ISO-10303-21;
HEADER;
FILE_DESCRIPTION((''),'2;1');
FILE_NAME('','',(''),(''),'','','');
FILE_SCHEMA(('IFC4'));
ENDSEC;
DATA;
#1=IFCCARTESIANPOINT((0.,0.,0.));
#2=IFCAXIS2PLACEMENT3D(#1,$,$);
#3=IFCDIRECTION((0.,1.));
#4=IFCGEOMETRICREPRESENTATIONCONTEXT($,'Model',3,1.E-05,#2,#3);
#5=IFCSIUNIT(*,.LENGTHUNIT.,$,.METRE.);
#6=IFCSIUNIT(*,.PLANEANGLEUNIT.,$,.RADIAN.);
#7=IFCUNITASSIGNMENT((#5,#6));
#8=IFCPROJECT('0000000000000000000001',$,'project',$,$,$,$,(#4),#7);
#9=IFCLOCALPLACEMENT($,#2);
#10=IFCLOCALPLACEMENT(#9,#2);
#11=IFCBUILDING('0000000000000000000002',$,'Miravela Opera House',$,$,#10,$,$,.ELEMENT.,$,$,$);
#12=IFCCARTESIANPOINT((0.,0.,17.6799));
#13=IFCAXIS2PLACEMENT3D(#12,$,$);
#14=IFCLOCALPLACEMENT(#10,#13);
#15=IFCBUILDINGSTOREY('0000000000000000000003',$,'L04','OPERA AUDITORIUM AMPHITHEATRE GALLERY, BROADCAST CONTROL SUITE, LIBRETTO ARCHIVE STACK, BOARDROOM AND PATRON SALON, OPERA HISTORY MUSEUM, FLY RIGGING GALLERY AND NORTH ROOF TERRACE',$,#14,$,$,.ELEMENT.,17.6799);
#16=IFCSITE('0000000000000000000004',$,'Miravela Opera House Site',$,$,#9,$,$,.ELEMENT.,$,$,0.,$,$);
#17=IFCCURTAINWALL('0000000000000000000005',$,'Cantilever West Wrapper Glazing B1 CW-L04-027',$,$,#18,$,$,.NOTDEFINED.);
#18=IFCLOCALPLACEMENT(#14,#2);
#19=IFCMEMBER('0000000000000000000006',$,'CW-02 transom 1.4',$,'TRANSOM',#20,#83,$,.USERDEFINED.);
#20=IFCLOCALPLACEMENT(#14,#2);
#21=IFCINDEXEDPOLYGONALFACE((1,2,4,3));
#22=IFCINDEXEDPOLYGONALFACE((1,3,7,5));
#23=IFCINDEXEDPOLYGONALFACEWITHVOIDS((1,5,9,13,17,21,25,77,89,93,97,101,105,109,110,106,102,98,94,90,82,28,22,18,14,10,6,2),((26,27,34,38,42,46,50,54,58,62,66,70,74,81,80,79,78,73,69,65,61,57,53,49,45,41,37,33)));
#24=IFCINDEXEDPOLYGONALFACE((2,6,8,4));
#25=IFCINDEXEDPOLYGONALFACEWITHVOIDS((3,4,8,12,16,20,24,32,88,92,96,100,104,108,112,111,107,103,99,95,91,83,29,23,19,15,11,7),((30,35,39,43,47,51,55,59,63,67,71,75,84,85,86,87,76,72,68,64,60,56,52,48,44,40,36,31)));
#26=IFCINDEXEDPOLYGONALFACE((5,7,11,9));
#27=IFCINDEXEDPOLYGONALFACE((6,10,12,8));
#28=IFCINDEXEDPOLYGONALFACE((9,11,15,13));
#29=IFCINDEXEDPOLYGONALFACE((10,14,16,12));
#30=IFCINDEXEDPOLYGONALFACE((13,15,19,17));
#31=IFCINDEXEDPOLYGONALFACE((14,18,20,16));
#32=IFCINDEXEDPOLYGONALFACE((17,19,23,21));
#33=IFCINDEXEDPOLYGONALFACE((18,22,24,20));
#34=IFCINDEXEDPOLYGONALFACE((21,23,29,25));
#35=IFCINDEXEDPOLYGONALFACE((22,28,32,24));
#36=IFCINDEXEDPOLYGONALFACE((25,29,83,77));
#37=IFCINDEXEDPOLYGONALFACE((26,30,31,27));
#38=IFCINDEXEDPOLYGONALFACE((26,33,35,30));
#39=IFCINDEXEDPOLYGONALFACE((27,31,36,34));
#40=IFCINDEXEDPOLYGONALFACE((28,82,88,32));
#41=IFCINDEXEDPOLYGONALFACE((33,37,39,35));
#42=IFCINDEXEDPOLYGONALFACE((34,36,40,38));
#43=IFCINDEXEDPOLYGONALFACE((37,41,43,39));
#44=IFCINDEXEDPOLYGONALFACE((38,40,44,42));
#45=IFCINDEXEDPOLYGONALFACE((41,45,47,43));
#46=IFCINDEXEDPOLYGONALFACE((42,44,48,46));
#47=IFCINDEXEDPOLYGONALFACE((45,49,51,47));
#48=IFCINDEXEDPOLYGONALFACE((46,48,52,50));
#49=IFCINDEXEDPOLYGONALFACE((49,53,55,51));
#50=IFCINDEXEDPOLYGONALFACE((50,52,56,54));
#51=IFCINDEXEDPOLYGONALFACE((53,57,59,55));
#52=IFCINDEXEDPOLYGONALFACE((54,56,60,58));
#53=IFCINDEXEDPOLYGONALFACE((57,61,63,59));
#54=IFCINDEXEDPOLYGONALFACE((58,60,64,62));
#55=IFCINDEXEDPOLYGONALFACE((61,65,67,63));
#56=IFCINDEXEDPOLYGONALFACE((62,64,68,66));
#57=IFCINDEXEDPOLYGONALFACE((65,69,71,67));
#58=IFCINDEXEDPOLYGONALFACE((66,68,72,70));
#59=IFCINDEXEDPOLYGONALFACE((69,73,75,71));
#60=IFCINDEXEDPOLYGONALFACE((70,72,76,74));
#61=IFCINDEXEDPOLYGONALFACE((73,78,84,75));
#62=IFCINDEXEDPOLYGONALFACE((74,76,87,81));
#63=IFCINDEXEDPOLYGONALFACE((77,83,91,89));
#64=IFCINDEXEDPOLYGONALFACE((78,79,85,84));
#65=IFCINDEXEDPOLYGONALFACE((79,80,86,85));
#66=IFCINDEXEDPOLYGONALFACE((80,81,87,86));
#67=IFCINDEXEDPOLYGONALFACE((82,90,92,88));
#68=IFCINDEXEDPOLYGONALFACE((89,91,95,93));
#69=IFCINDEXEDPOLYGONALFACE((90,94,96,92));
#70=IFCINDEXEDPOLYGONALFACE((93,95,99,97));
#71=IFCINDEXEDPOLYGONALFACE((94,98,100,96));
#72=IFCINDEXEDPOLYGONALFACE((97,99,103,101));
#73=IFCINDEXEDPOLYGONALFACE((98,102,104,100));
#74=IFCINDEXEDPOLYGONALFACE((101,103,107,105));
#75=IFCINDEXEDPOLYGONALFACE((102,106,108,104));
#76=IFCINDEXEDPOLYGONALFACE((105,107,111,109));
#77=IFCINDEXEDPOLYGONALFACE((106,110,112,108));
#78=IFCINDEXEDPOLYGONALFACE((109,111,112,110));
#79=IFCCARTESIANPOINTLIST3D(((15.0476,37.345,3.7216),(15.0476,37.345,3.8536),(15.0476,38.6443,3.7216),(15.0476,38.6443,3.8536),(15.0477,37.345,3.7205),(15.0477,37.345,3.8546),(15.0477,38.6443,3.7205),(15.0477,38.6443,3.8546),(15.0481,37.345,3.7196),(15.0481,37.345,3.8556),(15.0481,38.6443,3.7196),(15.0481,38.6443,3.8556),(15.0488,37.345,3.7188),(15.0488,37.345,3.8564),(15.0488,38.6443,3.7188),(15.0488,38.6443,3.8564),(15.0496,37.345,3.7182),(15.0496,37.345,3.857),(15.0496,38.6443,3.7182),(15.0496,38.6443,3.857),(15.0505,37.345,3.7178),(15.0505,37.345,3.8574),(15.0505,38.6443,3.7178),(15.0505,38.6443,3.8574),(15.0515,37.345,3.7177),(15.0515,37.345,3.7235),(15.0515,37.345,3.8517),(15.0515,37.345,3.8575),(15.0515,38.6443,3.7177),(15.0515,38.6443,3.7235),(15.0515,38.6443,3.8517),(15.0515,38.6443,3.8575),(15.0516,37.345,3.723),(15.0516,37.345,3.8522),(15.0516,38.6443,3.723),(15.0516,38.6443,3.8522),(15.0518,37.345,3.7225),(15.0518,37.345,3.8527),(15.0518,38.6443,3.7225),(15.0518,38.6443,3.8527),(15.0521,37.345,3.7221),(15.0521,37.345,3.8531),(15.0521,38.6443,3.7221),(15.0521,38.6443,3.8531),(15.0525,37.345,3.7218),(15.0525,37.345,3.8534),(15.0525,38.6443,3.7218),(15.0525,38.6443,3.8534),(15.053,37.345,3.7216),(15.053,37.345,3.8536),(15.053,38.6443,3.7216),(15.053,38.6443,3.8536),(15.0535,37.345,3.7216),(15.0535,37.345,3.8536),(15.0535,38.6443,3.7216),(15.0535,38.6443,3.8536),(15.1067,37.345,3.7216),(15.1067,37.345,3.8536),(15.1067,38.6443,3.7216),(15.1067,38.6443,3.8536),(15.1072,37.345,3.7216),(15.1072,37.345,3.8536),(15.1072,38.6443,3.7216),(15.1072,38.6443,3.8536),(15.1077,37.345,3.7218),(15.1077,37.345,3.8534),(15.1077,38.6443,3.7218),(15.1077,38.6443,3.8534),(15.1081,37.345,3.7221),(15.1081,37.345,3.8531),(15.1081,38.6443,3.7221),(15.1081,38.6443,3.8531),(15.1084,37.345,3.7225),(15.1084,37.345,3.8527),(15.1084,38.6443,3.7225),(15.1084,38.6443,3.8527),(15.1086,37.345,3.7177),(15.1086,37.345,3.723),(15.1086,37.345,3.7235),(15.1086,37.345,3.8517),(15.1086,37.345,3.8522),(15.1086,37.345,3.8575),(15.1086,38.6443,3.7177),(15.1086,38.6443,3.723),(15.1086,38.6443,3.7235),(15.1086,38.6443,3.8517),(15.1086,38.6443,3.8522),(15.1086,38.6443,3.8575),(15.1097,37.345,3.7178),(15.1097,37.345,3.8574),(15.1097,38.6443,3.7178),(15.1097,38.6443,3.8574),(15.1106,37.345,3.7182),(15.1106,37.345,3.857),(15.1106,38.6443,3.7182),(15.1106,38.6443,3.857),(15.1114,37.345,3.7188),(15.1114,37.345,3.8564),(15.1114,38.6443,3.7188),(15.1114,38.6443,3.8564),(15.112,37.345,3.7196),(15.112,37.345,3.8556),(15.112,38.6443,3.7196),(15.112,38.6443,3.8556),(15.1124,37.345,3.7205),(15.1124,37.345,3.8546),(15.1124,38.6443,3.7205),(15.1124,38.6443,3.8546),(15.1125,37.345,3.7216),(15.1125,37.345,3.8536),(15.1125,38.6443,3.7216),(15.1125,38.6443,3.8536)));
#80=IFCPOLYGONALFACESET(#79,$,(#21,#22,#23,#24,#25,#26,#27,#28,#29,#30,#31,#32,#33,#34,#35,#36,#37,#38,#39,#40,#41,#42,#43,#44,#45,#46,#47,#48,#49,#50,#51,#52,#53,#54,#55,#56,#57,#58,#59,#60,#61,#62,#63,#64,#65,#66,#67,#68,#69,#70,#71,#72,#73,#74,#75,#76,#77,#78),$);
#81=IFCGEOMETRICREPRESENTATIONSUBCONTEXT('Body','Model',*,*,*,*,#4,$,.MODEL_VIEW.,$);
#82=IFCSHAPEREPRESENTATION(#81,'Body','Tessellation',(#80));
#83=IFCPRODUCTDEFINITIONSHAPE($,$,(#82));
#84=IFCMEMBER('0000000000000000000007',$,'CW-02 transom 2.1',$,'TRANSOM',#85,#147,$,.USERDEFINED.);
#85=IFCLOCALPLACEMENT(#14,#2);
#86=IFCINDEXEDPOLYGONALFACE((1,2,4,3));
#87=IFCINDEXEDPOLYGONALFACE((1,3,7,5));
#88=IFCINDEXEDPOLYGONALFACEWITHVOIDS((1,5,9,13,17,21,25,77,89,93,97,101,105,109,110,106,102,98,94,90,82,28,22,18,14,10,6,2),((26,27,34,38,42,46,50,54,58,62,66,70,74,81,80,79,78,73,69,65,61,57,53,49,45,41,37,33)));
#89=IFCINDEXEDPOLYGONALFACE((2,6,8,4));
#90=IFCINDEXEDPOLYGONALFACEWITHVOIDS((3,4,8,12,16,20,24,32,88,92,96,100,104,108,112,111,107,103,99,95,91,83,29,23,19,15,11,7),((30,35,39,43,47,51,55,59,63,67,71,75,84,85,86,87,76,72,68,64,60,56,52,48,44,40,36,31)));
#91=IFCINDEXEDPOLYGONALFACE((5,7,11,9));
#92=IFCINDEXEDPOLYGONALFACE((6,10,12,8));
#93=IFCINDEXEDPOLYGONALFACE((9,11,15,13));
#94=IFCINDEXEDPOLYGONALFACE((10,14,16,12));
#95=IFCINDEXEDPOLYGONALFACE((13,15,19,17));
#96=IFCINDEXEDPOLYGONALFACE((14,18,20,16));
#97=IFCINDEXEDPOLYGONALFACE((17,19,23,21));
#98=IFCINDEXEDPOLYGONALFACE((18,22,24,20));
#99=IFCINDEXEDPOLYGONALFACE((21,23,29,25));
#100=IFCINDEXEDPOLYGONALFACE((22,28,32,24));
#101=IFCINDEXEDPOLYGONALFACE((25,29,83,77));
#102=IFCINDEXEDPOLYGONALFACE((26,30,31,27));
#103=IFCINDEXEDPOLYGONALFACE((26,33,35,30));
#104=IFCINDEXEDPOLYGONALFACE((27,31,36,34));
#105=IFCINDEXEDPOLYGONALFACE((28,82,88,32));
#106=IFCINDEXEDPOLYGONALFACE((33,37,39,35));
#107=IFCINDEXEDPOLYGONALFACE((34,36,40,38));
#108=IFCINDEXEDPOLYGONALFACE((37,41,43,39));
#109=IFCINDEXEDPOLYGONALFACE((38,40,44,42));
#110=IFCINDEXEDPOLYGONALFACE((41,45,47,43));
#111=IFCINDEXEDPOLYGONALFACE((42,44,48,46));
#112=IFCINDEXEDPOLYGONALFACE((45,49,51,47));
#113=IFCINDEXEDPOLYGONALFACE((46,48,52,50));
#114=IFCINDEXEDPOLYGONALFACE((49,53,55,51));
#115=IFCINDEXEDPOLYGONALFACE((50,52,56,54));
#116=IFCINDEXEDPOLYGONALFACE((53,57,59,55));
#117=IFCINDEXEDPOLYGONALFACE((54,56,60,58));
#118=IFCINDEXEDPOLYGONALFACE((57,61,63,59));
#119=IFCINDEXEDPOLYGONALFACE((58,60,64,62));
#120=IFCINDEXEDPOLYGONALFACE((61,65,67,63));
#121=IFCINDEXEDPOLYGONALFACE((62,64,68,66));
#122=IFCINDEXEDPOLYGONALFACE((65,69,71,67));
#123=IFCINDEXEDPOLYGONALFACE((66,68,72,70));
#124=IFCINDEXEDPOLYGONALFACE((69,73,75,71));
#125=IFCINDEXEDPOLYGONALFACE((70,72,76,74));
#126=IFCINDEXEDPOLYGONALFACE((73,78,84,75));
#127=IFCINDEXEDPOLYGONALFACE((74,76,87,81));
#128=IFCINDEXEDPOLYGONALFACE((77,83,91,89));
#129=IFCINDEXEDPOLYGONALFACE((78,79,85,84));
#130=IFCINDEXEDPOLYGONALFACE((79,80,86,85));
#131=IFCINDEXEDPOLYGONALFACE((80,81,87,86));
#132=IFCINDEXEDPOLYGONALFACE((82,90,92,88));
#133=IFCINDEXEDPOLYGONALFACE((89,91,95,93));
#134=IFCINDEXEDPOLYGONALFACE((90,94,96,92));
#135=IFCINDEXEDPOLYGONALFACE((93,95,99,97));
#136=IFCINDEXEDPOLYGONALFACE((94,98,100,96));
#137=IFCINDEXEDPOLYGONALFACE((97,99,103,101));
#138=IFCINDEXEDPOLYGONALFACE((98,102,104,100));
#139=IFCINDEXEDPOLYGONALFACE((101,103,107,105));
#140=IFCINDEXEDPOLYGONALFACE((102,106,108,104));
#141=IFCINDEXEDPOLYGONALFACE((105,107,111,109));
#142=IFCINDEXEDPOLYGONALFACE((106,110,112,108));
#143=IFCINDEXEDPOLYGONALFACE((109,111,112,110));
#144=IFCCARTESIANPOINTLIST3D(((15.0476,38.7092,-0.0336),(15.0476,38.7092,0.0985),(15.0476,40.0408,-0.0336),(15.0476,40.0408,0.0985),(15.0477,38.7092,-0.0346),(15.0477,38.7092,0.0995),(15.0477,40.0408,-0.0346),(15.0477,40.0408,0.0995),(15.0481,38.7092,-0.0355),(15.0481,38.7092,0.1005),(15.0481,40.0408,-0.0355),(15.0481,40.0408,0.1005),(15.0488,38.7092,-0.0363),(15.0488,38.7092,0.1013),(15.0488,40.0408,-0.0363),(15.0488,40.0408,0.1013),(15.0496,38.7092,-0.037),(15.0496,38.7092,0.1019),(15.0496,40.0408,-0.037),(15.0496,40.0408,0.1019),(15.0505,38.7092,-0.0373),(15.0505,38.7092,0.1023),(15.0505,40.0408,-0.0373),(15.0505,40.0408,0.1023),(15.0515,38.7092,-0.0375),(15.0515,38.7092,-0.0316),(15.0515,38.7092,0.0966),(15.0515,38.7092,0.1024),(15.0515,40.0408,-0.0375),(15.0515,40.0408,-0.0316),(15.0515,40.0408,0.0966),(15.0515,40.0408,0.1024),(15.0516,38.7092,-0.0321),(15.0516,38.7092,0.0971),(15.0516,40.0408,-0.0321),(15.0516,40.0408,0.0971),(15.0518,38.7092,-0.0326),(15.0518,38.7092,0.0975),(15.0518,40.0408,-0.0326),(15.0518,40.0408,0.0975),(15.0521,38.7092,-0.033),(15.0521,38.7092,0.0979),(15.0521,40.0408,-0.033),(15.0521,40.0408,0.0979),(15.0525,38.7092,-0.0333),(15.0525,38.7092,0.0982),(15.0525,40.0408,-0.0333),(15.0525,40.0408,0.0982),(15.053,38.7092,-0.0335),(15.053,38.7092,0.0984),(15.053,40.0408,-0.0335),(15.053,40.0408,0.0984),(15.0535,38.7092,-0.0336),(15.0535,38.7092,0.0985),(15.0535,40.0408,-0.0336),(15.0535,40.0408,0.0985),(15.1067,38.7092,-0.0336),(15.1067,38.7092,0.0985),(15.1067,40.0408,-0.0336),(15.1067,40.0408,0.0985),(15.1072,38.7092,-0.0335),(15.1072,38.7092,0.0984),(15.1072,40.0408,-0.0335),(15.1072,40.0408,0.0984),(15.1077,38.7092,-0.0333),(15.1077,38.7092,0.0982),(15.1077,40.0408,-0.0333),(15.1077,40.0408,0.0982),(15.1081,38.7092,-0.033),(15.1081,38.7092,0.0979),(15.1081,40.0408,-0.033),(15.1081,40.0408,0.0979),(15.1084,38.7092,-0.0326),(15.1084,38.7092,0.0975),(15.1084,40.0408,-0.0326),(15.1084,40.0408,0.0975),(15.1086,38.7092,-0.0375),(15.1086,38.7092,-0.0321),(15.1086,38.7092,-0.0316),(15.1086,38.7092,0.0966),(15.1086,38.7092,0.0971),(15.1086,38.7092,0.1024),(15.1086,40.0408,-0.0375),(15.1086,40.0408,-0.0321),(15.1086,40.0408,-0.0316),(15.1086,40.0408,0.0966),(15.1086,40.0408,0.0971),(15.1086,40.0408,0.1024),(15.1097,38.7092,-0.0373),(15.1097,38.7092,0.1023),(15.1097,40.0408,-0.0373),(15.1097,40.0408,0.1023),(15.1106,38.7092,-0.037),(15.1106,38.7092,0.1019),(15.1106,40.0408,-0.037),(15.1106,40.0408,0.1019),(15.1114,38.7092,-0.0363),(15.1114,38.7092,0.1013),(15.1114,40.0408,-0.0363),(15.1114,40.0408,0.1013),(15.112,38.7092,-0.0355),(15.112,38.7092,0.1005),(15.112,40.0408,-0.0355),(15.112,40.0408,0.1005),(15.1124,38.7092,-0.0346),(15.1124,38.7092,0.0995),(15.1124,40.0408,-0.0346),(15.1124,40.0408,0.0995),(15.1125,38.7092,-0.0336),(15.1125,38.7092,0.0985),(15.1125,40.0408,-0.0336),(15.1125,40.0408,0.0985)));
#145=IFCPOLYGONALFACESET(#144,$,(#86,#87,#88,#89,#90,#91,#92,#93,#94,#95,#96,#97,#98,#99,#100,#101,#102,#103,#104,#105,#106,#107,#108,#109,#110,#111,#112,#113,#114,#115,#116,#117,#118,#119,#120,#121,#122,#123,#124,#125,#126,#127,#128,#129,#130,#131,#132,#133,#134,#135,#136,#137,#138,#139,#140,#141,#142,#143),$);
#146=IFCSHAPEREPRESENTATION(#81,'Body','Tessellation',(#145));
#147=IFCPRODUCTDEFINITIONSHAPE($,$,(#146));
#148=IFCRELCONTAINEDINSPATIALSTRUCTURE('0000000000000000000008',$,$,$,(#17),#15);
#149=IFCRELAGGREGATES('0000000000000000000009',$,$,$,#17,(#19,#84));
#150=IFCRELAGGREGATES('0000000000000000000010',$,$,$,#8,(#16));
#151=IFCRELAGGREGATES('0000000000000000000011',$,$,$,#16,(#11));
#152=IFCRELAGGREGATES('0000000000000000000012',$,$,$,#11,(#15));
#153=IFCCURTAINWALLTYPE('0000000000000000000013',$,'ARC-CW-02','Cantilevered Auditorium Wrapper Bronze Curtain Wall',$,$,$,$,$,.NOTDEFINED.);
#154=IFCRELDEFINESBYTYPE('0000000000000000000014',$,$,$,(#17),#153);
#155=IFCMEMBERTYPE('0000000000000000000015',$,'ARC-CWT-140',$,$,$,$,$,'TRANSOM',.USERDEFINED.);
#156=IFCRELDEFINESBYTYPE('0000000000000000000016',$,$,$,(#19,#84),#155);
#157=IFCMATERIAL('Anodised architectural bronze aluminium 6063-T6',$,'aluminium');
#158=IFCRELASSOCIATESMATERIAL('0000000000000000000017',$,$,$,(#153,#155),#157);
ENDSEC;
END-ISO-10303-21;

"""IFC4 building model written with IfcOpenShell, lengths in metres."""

from ifc_helpers import new_model, si_unit, direction, frame, origin, origin_2d, place, context, subcontext, project, spatial, hollow_rectangle, extrude, material, material_profile, profile_set, type_object, element, aggregate, save


model = new_model("IFC4")

# Units and contexts
model_context = context("Model", 3, precision=1e-05, world=origin(), true_north=direction((0.0, 1.0)))
body_context = subcontext(model_context, "Body", "Model", "MODEL_VIEW")
ifc_project = project(units=[si_unit("LENGTHUNIT", "METRE"), si_unit("PLANEANGLEUNIT", "RADIAN")], contexts=[model_context])

# Site, building, storey
site_placement = place(None, origin())
site = spatial("IfcSite", under=ifc_project, at=site_placement, Name="Miravela Opera House Site", CompositionType="ELEMENT", RefElevation=0.0)
building_placement = place(site_placement, origin())
building = spatial("IfcBuilding", under=site, at=building_placement, Name="Miravela Opera House", CompositionType="ELEMENT")
storey_placement = place(building_placement, frame((0.0, 0.0, 17.6799)))
storey = spatial("IfcBuildingStorey", under=building, at=storey_placement, Name="L04", Description="OPERA AUDITORIUM AMPHITHEATRE GALLERY, BROADCAST CONTROL SUITE, LIBRETTO ARCHIVE STACK, BOARDROOM AND PATRON SALON, OPERA HISTORY MUSEUM, FLY RIGGING GALLERY AND NORTH ROOF TERRACE", CompositionType="ELEMENT", Elevation=17.6799)

# Curtain wall, members
ifc_material_1 = material(Name="Anodised architectural bronze aluminium 6063-T6", Category="aluminium")
curtain_wall_type = type_object("IfcCurtainWallType", Name="ARC-CW-02", Description="Cantilevered Auditorium Wrapper Bronze Curtain Wall", PredefinedType="NOTDEFINED", material=ifc_material_1)
curtain_wall_placement = place(storey_placement, origin())
curtain_wall = element("IfcCurtainWall", 1, at=curtain_wall_placement, inside=storey, type_object=curtain_wall_type, Name="Cantilever West Wrapper Glazing B1 CW-L04-027", PredefinedType="NOTDEFINED")
ifc_material_profile_1 = material_profile(ifc_material_1, hollow_rectangle(XDim=0.0649, YDim=0.1399, WallThickness=0.0039, InnerFilletRadius=0.002, OuterFilletRadius=0.0039, at=origin_2d()), Name="CWT-65X140")
ifc_profile_set_1 = profile_set([ifc_material_profile_1])
member_type_1 = type_object("IfcMemberType", Name="ARC-CWT-140", ElementType="TRANSOM", PredefinedType="USERDEFINED", material=ifc_profile_set_1)
member_1_placement = place(storey_placement, frame((15.0801, 37.345, 3.7876), z_axis=(0.0, 1.0, 0.0), x_axis=(-1.0, 0.0, 0.0)))
member_1 = element("IfcMember", 2, at=member_1_placement, type_object=member_type_1, Name="CW-02 transom 1.4", ObjectType="TRANSOM", PredefinedType="USERDEFINED", context=body_context, shape_type="SweptSolid", body=[
    extrude(hollow_rectangle(XDim=0.0649, YDim=0.1399, WallThickness=0.0039, InnerFilletRadius=0.002, OuterFilletRadius=0.0039, at=origin_2d()), origin(), (0.0, 0.0, 1.0), 1.2993),
])
member_2_placement = place(storey_placement, frame((15.0801, 38.7092, 0.0325), z_axis=(0.0, 1.0, 0.0), x_axis=(-1.0, 0.0, 0.0)))
member_2 = element("IfcMember", 3, at=member_2_placement, type_object=member_type_1, Name="CW-02 transom 2.1", ObjectType="TRANSOM", PredefinedType="USERDEFINED", context=body_context, shape_type="SweptSolid", body=[
    extrude(hollow_rectangle(XDim=0.0649, YDim=0.1399, WallThickness=0.0039, InnerFilletRadius=0.002, OuterFilletRadius=0.0039, at=origin_2d()), origin(), (0.0, 0.0, 1.0), 1.3315),
])

aggregate(curtain_wall, [member_1, member_2])

save(model, "model.ifc")
